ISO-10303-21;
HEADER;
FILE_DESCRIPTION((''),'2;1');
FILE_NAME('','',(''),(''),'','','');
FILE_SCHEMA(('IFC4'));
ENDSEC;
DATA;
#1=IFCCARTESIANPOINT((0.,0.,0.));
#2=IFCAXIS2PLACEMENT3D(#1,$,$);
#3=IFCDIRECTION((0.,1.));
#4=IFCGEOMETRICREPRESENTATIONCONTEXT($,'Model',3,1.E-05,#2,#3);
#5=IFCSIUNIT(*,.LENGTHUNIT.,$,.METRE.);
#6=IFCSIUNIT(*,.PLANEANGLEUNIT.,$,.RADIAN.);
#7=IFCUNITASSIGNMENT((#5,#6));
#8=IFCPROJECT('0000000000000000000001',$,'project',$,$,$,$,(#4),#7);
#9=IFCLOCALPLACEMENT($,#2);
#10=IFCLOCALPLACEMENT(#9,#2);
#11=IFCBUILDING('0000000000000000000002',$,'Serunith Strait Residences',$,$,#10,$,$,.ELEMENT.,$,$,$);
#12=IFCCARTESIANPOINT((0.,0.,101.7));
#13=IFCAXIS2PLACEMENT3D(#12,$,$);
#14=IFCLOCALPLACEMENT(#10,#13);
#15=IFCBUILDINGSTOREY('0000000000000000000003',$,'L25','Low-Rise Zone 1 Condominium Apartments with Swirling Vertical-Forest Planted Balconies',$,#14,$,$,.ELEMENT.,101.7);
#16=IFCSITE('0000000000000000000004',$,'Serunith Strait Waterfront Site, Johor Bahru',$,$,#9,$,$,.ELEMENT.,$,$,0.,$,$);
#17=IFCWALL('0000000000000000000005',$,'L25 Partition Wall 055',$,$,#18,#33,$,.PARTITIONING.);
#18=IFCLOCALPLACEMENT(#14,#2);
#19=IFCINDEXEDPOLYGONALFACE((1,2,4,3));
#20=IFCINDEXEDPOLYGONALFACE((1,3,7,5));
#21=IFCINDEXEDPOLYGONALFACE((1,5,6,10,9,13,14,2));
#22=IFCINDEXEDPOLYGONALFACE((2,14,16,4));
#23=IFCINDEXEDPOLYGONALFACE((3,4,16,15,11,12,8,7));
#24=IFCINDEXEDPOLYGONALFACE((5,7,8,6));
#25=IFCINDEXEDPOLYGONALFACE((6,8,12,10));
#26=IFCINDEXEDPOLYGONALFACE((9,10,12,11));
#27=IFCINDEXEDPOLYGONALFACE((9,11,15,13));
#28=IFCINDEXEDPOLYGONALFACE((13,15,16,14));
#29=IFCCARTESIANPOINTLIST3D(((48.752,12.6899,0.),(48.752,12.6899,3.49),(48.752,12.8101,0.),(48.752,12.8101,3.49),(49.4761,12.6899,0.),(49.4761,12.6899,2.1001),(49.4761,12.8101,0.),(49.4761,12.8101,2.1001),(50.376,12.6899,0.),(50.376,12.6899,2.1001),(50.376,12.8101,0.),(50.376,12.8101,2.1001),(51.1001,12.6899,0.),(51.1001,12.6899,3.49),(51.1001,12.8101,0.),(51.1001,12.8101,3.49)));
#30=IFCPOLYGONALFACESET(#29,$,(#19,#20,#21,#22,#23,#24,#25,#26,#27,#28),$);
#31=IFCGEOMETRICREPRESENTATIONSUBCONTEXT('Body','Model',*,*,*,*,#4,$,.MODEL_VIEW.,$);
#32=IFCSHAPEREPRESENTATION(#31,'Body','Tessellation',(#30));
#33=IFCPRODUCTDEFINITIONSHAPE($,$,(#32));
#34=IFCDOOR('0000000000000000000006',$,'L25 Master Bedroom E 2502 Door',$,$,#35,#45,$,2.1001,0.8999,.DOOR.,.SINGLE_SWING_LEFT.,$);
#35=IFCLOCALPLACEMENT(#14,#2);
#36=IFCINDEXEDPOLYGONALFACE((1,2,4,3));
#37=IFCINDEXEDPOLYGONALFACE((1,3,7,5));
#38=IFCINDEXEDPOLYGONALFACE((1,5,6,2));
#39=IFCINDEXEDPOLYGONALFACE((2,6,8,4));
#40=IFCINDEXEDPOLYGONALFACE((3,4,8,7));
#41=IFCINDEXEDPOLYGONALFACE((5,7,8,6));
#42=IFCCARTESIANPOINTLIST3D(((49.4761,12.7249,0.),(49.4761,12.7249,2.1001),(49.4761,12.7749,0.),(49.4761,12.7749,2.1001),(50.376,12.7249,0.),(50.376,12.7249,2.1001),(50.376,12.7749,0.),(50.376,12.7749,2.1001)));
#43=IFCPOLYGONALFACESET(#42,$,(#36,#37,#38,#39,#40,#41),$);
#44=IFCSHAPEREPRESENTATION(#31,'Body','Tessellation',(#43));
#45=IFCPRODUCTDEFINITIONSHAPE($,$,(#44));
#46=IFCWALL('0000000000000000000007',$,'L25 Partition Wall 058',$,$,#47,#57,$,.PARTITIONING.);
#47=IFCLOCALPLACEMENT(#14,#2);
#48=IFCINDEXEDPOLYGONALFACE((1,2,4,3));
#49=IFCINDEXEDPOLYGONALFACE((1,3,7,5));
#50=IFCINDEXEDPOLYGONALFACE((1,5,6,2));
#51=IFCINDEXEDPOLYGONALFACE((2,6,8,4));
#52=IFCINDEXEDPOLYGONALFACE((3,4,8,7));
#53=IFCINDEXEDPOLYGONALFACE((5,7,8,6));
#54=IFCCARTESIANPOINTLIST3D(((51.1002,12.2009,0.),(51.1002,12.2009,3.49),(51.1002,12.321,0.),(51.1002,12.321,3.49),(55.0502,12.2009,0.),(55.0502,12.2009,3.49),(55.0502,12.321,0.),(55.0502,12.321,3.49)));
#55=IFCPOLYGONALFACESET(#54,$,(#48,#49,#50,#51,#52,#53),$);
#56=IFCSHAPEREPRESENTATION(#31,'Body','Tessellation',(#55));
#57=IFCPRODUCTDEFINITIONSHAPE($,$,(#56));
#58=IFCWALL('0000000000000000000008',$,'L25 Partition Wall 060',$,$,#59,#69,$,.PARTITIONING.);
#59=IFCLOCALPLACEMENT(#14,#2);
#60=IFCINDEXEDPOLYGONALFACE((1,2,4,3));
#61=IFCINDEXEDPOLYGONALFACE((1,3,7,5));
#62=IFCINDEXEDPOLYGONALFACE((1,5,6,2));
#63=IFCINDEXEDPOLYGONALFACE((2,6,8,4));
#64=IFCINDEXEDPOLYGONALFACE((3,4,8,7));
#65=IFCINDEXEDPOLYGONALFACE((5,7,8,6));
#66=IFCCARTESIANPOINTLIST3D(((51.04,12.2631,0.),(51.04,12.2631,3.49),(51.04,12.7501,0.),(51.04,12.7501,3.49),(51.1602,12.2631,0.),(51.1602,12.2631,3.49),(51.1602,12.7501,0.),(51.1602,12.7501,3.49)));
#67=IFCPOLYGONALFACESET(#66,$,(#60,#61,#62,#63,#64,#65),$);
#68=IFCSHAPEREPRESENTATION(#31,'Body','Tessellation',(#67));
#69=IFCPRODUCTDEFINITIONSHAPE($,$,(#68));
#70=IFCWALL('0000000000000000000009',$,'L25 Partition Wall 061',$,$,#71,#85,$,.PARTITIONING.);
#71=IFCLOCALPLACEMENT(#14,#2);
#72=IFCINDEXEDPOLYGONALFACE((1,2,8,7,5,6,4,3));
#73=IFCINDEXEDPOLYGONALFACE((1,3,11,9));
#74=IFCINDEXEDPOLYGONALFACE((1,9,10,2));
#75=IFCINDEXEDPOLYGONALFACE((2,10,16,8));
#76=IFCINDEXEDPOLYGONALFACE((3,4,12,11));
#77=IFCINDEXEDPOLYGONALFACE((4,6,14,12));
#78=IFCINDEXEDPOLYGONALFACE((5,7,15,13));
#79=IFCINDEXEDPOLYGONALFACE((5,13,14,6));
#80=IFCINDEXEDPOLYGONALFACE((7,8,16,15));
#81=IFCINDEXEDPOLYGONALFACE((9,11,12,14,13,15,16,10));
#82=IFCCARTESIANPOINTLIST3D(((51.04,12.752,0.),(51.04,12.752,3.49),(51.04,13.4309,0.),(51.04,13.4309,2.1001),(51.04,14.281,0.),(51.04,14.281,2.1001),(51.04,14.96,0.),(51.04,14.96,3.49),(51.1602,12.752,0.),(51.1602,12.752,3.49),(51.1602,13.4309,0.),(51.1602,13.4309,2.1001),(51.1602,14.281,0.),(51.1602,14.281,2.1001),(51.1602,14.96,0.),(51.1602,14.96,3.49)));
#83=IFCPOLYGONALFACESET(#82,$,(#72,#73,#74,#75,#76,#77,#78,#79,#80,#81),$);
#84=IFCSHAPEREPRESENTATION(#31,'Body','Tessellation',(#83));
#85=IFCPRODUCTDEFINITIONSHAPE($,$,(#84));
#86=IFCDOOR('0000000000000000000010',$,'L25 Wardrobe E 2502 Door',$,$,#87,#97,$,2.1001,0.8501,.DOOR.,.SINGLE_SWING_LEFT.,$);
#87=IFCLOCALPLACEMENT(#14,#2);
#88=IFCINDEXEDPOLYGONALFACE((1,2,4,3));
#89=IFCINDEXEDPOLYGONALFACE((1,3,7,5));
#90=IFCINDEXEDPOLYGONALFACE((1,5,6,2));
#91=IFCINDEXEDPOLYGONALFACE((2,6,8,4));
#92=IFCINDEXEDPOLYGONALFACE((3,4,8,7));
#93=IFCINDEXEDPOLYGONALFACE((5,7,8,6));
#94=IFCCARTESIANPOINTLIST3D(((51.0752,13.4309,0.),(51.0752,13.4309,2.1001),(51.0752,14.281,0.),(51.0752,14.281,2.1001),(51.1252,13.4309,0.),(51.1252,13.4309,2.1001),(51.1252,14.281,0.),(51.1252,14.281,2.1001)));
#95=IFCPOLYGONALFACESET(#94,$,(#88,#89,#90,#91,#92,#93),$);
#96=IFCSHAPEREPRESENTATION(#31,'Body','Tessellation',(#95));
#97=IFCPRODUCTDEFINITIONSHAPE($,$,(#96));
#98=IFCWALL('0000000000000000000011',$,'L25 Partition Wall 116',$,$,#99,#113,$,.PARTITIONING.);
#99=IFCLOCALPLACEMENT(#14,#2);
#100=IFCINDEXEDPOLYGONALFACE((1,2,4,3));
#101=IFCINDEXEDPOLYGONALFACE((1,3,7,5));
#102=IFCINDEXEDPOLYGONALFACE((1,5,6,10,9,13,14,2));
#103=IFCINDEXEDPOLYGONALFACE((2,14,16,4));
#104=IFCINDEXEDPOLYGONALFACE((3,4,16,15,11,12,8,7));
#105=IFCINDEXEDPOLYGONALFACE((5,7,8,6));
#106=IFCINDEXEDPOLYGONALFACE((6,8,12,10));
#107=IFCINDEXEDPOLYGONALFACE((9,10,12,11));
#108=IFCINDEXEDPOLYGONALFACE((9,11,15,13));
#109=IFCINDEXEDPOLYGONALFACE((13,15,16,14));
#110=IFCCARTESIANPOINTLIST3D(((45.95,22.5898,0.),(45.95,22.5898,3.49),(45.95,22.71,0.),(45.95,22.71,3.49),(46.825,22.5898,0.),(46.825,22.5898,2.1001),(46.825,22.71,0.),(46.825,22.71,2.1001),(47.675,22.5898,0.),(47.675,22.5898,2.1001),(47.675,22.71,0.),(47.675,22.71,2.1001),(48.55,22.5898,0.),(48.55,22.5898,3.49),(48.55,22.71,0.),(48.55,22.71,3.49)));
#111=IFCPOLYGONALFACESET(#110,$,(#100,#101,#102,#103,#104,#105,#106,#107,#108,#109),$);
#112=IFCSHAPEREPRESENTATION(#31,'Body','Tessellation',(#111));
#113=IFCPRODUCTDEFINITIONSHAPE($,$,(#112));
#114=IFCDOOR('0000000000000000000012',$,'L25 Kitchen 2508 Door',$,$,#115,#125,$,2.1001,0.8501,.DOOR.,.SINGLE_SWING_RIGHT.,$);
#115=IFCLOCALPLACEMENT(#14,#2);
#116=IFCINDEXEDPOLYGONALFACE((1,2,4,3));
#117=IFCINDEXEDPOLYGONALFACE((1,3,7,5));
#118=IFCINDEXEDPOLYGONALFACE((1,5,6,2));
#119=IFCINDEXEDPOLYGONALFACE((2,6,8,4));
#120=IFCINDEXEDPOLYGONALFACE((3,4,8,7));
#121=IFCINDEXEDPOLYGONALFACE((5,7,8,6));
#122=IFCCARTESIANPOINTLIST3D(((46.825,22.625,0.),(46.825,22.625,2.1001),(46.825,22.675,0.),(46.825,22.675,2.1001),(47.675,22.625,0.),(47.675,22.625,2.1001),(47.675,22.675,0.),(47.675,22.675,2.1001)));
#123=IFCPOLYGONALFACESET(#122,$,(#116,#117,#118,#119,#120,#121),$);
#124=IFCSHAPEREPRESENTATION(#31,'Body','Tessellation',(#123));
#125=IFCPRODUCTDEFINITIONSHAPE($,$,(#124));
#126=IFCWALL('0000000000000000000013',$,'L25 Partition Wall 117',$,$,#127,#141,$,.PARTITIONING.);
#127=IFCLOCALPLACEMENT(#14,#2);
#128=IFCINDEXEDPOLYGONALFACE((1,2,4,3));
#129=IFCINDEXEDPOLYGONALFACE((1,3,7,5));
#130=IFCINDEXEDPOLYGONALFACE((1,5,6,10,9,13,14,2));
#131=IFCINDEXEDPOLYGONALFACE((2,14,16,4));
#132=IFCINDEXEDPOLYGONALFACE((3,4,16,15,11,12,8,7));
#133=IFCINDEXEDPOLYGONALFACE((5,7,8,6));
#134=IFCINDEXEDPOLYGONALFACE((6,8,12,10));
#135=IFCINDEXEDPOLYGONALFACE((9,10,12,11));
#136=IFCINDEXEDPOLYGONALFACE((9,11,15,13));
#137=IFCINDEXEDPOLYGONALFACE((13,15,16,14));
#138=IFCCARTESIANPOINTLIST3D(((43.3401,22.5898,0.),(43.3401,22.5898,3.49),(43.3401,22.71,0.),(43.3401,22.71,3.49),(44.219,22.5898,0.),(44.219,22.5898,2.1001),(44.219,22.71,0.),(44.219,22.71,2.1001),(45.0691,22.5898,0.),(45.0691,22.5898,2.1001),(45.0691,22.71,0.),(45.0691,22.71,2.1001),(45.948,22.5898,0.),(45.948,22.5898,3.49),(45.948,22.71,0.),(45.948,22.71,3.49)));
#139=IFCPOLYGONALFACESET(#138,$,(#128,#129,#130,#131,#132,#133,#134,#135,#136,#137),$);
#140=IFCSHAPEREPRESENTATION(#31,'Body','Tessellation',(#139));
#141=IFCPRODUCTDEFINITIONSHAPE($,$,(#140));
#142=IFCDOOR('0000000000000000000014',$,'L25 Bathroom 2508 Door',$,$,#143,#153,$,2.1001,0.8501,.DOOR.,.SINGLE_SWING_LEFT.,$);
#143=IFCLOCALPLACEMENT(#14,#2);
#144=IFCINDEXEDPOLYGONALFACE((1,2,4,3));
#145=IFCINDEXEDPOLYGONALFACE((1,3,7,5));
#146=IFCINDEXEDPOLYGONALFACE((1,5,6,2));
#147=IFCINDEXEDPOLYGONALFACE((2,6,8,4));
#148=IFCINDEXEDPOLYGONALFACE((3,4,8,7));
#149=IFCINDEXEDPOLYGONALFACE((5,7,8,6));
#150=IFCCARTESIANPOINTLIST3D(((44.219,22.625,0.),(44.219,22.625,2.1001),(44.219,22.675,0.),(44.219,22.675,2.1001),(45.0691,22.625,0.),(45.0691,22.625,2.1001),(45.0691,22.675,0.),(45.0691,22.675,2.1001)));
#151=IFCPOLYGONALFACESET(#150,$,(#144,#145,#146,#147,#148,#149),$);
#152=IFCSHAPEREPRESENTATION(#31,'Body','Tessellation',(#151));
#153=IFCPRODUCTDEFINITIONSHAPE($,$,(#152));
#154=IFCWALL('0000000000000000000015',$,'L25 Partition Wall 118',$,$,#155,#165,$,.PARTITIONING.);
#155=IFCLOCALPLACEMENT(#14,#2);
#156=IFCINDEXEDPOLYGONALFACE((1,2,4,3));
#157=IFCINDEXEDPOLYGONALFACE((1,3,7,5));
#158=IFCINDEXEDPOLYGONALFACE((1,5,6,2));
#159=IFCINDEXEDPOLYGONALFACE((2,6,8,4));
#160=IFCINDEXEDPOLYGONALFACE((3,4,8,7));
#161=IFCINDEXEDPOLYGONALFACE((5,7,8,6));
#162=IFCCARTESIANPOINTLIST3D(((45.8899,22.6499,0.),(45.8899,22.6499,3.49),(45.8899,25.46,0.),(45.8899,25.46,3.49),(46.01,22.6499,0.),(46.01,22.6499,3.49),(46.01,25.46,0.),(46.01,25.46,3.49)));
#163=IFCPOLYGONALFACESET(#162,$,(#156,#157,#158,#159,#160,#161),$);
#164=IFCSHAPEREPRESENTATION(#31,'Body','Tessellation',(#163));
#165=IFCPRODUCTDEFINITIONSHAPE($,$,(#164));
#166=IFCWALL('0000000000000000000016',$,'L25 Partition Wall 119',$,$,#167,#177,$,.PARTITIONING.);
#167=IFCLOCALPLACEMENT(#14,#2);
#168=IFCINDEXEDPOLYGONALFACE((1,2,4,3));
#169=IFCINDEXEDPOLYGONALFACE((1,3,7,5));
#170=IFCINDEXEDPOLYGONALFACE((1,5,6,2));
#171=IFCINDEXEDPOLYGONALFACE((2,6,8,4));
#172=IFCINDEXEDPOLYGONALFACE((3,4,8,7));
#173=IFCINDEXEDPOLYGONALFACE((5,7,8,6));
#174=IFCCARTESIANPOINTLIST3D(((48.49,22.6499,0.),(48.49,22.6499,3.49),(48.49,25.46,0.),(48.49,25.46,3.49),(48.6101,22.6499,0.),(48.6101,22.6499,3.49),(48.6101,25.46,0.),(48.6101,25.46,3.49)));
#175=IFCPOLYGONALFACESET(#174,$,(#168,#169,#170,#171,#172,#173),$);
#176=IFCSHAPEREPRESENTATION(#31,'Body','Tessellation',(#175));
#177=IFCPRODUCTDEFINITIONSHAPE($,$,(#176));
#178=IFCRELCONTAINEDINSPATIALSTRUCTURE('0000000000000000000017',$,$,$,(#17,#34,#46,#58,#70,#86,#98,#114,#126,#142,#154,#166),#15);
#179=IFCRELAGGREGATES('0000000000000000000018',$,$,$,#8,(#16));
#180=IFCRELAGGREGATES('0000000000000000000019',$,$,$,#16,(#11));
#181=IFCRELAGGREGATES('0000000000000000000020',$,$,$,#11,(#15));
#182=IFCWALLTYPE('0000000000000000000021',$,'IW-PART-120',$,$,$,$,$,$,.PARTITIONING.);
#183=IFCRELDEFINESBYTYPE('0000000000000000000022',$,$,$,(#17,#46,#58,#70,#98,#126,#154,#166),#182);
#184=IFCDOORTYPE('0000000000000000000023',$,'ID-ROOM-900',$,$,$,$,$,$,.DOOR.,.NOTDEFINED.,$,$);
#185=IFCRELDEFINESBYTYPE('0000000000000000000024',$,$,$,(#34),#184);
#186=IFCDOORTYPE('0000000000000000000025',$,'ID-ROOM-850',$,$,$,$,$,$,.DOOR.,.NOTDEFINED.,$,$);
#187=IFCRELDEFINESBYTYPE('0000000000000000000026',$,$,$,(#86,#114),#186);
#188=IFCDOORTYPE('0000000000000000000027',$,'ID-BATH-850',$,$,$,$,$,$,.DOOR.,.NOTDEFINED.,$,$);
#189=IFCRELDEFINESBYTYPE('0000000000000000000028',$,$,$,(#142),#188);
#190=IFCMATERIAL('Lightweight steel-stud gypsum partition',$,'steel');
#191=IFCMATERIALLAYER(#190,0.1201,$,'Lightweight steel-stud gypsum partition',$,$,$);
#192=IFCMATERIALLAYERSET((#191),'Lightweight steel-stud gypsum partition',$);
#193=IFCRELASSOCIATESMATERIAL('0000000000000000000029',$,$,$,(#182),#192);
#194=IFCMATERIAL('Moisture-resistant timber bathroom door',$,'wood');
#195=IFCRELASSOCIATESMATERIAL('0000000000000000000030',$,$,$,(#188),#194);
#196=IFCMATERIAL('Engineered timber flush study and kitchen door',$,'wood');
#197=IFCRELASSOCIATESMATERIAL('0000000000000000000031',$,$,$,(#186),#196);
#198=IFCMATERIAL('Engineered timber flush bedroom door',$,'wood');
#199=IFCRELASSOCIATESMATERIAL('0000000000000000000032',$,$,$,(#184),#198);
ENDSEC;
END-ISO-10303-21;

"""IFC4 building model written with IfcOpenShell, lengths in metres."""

from ifc_helpers import new_model, si_unit, direction, frame, frame_2d, origin, place, context, subcontext, project, spatial, rectangle, extrude, source, transform, mapped, material, layer, layer_set, type_object, element, fill, save


model = new_model("IFC4")

# Units and contexts
model_context = context("Model", 3, precision=1e-05, world=origin(), true_north=direction((0.0, 1.0)))
body_context = subcontext(model_context, "Body", "Model", "MODEL_VIEW")
ifc_project = project(units=[si_unit("LENGTHUNIT", "METRE"), si_unit("PLANEANGLEUNIT", "RADIAN")], contexts=[model_context])

# Site, building, storey
site_placement = place(None, origin())
site = spatial("IfcSite", under=ifc_project, at=site_placement, Name="Serunith Strait Waterfront Site, Johor Bahru", CompositionType="ELEMENT", RefElevation=0.0)
building_placement = place(site_placement, origin())
building = spatial("IfcBuilding", under=site, at=building_placement, Name="Serunith Strait Residences", CompositionType="ELEMENT")
storey_placement = place(building_placement, frame((0.0, 0.0, 101.7)))
storey = spatial("IfcBuildingStorey", under=building, at=storey_placement, Name="L25", Description="Low-Rise Zone 1 Condominium Apartments with Swirling Vertical-Forest Planted Balconies", CompositionType="ELEMENT", Elevation=101.7)

# Wall, opening, door
ifc_material_1 = material(Name="Lightweight steel-stud gypsum partition", Category="steel")
ifc_layer_1 = layer(ifc_material_1, 0.1201, Name="Lightweight steel-stud gypsum partition")
ifc_layer_set_1 = layer_set([ifc_layer_1], Name="Lightweight steel-stud gypsum partition")
wall_type = type_object("IfcWallType", Name="IW-PART-120", PredefinedType="PARTITIONING", material=ifc_layer_set_1)
ifc_material_2 = material(Name="Moisture-resistant timber bathroom door", Category="wood")
door_type_1 = type_object("IfcDoorType", Name="ID-BATH-850", OperationType="NOTDEFINED", PredefinedType="DOOR", material=ifc_material_2)
shared_shape_1 = source(origin(), body_context, "Body", "SweptSolid", [
    extrude(rectangle(XDim=0.8501, YDim=2.1001, at=frame_2d((0.425, 1.05))), frame((0.0, 0.0249, 0.0), z_axis=(0.0, -1.0, 0.0), x_axis=(1.0, 0.0, 0.0)), (0.0, 0.0, 1.0), 0.05),
])
ifc_material_3 = material(Name="Engineered timber flush study and kitchen door", Category="wood")
door_type_2 = type_object("IfcDoorType", Name="ID-ROOM-850", OperationType="NOTDEFINED", PredefinedType="DOOR", material=ifc_material_3)
wall_1_placement = place(storey_placement, frame((48.752, 12.75, 0.0), z_axis=(0.0, 0.0, 1.0), x_axis=(1.0, 0.0, 0.0)))
wall_1 = element("IfcWall", 1, at=wall_1_placement, inside=storey, type_object=wall_type, Name="L25 Partition Wall 055", PredefinedType="PARTITIONING", context=body_context, shape_type="SweptSolid", body=[
    extrude(rectangle(XDim=2.3481, YDim=0.1201, at=frame_2d((1.1741, 0.0))), origin(), (0.0, 0.0, 1.0), 3.49),
])
opening_1_placement = place(wall_1_placement, frame((0.7241, 0.0, 0.0)))
opening_1 = element("IfcOpeningElement", 2, at=opening_1_placement, cuts=wall_1, PredefinedType="OPENING", context=body_context, shape_type="SweptSolid", body=[
    extrude(rectangle(XDim=0.8999, YDim=2.1001, at=frame_2d((0.45, 1.05))), frame((0.0, 0.0701, 0.0), z_axis=(0.0, -1.0, 0.0), x_axis=(1.0, 0.0, 0.0)), (0.0, 0.0, 1.0), 0.1401),
])
ifc_material_4 = material(Name="Engineered timber flush bedroom door", Category="wood")
door_type_3 = type_object("IfcDoorType", Name="ID-ROOM-900", OperationType="NOTDEFINED", PredefinedType="DOOR", material=ifc_material_4)
shared_shape_2 = source(origin(), body_context, "Body", "SweptSolid", [
    extrude(rectangle(XDim=0.8999, YDim=2.1001, at=frame_2d((0.45, 1.05))), frame((0.0, 0.0249, 0.0), z_axis=(0.0, -1.0, 0.0), x_axis=(1.0, 0.0, 0.0)), (0.0, 0.0, 1.0), 0.05),
])
door_1_placement = place(opening_1_placement, origin())
door_1 = element("IfcDoor", 3, at=door_1_placement, inside=storey, type_object=door_type_3, Name="L25 Master Bedroom E 2502 Door", OperationType="SINGLE_SWING_LEFT", OverallHeight=2.1001, OverallWidth=0.8999, PredefinedType="DOOR", context=body_context, shape_type="MappedRepresentation", body=[
    mapped(shared_shape_2, transform((0.0, 0.0, 0.0), scale=1.0)),
])
fill(opening_1, door_1)

# Walls
wall_2_placement = place(storey_placement, frame((51.1001, 12.261, 0.0), z_axis=(0.0, 0.0, 1.0), x_axis=(1.0, 0.0, 0.0)))
element("IfcWall", 4, at=wall_2_placement, inside=storey, type_object=wall_type, Name="L25 Partition Wall 058", PredefinedType="PARTITIONING", context=body_context, shape_type="SweptSolid", body=[
    extrude(rectangle(XDim=3.95, YDim=0.1201, at=frame_2d((1.9751, 0.0))), origin(), (0.0, 0.0, 1.0), 3.49),
])
wall_3_placement = place(storey_placement, frame((51.1001, 12.2629, 0.0), z_axis=(0.0, 0.0, 1.0), x_axis=(0.0, 1.0, 0.0)))
element("IfcWall", 5, at=wall_3_placement, inside=storey, type_object=wall_type, Name="L25 Partition Wall 060", PredefinedType="PARTITIONING", context=body_context, shape_type="SweptSolid", body=[
    extrude(rectangle(XDim=0.4871, YDim=0.1201, at=frame_2d((0.2437, 0.0))), origin(), (0.0, 0.0, 1.0), 3.49),
])

# Walls, openings, doors
wall_4_placement = place(storey_placement, frame((51.1001, 12.752, 0.0), z_axis=(0.0, 0.0, 1.0), x_axis=(0.0, 1.0, 0.0)))
wall_4 = element("IfcWall", 6, at=wall_4_placement, inside=storey, type_object=wall_type, Name="L25 Partition Wall 061", PredefinedType="PARTITIONING", context=body_context, shape_type="SweptSolid", body=[
    extrude(rectangle(XDim=2.208, YDim=0.1201, at=frame_2d((1.104, 0.0))), origin(), (0.0, 0.0, 1.0), 3.49),
])
opening_2_placement = place(wall_4_placement, frame((0.679, 0.0, 0.0)))
opening_2 = element("IfcOpeningElement", 7, at=opening_2_placement, cuts=wall_4, PredefinedType="OPENING", context=body_context, shape_type="SweptSolid", body=[
    extrude(rectangle(XDim=0.8501, YDim=2.1001, at=frame_2d((0.425, 1.05))), frame((0.0, 0.0701, 0.0), z_axis=(0.0, -1.0, 0.0), x_axis=(1.0, 0.0, 0.0)), (0.0, 0.0, 1.0), 0.1401),
])
door_2_placement = place(opening_2_placement, origin())
door_2 = element("IfcDoor", 8, at=door_2_placement, inside=storey, type_object=door_type_2, Name="L25 Wardrobe E 2502 Door", OperationType="SINGLE_SWING_LEFT", OverallHeight=2.1001, OverallWidth=0.8501, PredefinedType="DOOR", context=body_context, shape_type="MappedRepresentation", body=[
    mapped(shared_shape_1, transform((0.0, 0.0, 0.0), scale=1.0)),
])
fill(opening_2, door_2)
wall_5_placement = place(storey_placement, frame((48.55, 22.6499, 0.0), z_axis=(0.0, 0.0, 1.0), x_axis=(-1.0, 0.0, 0.0)))
wall_5 = element("IfcWall", 9, at=wall_5_placement, inside=storey, type_object=wall_type, Name="L25 Partition Wall 116", PredefinedType="PARTITIONING", context=body_context, shape_type="SweptSolid", body=[
    extrude(rectangle(XDim=2.6001, YDim=0.1201, at=frame_2d((1.3, 0.0))), origin(), (0.0, 0.0, 1.0), 3.49),
])
opening_3_placement = place(wall_5_placement, frame((0.875, 0.0, 0.0)))
opening_3 = element("IfcOpeningElement", 10, at=opening_3_placement, cuts=wall_5, PredefinedType="OPENING", context=body_context, shape_type="SweptSolid", body=[
    extrude(rectangle(XDim=0.8501, YDim=2.1001, at=frame_2d((0.425, 1.05))), frame((0.0, 0.0701, 0.0), z_axis=(0.0, -1.0, 0.0), x_axis=(1.0, 0.0, 0.0)), (0.0, 0.0, 1.0), 0.1401),
])
door_3_placement = place(opening_3_placement, origin())
door_3 = element("IfcDoor", 11, at=door_3_placement, inside=storey, type_object=door_type_2, Name="L25 Kitchen 2508 Door", OperationType="SINGLE_SWING_RIGHT", OverallHeight=2.1001, OverallWidth=0.8501, PredefinedType="DOOR", context=body_context, shape_type="MappedRepresentation", body=[
    mapped(shared_shape_1, transform((0.0, 0.0, 0.0), scale=1.0)),
])
fill(opening_3, door_3)
wall_6_placement = place(storey_placement, frame((45.948, 22.6499, 0.0), z_axis=(0.0, 0.0, 1.0), x_axis=(-1.0, 0.0, 0.0)))
wall_6 = element("IfcWall", 12, at=wall_6_placement, inside=storey, type_object=wall_type, Name="L25 Partition Wall 117", PredefinedType="PARTITIONING", context=body_context, shape_type="SweptSolid", body=[
    extrude(rectangle(XDim=2.6079, YDim=0.1201, at=frame_2d((1.304, 0.0))), origin(), (0.0, 0.0, 1.0), 3.49),
])
opening_4_placement = place(wall_6_placement, frame((0.8789, 0.0, 0.0)))
opening_4 = element("IfcOpeningElement", 13, at=opening_4_placement, cuts=wall_6, PredefinedType="OPENING", context=body_context, shape_type="SweptSolid", body=[
    extrude(rectangle(XDim=0.8501, YDim=2.1001, at=frame_2d((0.425, 1.05))), frame((0.0, 0.0701, 0.0), z_axis=(0.0, -1.0, 0.0), x_axis=(1.0, 0.0, 0.0)), (0.0, 0.0, 1.0), 0.1401),
])
door_4_placement = place(opening_4_placement, origin())
door_4 = element("IfcDoor", 14, at=door_4_placement, inside=storey, type_object=door_type_1, Name="L25 Bathroom 2508 Door", OperationType="SINGLE_SWING_LEFT", OverallHeight=2.1001, OverallWidth=0.8501, PredefinedType="DOOR", context=body_context, shape_type="MappedRepresentation", body=[
    mapped(shared_shape_1, transform((0.0, 0.0, 0.0), scale=1.0)),
])
fill(opening_4, door_4)

# Walls
for number, where, z_axis, x_axis, name in (
    (15, (45.95, 22.6499, 0.0), (0.0, 0.0, 1.0), (0.0, 1.0, 0.0), "L25 Partition Wall 118"),
    (16, (48.55, 22.6499, 0.0), (0.0, 0.0, 1.0), (0.0, 1.0, 0.0), "L25 Partition Wall 119"),
):
    element("IfcWall", number, at=place(storey_placement, frame(where, z_axis=z_axis, x_axis=x_axis)), inside=storey, type_object=wall_type, Name=name, PredefinedType="PARTITIONING", context=body_context, shape_type="SweptSolid", body=[
        extrude(rectangle(XDim=2.8101, YDim=0.1201, at=frame_2d((1.405, 0.0))), origin(), (0.0, 0.0, 1.0), 3.49),
    ])

save(model, "model.ifc")
